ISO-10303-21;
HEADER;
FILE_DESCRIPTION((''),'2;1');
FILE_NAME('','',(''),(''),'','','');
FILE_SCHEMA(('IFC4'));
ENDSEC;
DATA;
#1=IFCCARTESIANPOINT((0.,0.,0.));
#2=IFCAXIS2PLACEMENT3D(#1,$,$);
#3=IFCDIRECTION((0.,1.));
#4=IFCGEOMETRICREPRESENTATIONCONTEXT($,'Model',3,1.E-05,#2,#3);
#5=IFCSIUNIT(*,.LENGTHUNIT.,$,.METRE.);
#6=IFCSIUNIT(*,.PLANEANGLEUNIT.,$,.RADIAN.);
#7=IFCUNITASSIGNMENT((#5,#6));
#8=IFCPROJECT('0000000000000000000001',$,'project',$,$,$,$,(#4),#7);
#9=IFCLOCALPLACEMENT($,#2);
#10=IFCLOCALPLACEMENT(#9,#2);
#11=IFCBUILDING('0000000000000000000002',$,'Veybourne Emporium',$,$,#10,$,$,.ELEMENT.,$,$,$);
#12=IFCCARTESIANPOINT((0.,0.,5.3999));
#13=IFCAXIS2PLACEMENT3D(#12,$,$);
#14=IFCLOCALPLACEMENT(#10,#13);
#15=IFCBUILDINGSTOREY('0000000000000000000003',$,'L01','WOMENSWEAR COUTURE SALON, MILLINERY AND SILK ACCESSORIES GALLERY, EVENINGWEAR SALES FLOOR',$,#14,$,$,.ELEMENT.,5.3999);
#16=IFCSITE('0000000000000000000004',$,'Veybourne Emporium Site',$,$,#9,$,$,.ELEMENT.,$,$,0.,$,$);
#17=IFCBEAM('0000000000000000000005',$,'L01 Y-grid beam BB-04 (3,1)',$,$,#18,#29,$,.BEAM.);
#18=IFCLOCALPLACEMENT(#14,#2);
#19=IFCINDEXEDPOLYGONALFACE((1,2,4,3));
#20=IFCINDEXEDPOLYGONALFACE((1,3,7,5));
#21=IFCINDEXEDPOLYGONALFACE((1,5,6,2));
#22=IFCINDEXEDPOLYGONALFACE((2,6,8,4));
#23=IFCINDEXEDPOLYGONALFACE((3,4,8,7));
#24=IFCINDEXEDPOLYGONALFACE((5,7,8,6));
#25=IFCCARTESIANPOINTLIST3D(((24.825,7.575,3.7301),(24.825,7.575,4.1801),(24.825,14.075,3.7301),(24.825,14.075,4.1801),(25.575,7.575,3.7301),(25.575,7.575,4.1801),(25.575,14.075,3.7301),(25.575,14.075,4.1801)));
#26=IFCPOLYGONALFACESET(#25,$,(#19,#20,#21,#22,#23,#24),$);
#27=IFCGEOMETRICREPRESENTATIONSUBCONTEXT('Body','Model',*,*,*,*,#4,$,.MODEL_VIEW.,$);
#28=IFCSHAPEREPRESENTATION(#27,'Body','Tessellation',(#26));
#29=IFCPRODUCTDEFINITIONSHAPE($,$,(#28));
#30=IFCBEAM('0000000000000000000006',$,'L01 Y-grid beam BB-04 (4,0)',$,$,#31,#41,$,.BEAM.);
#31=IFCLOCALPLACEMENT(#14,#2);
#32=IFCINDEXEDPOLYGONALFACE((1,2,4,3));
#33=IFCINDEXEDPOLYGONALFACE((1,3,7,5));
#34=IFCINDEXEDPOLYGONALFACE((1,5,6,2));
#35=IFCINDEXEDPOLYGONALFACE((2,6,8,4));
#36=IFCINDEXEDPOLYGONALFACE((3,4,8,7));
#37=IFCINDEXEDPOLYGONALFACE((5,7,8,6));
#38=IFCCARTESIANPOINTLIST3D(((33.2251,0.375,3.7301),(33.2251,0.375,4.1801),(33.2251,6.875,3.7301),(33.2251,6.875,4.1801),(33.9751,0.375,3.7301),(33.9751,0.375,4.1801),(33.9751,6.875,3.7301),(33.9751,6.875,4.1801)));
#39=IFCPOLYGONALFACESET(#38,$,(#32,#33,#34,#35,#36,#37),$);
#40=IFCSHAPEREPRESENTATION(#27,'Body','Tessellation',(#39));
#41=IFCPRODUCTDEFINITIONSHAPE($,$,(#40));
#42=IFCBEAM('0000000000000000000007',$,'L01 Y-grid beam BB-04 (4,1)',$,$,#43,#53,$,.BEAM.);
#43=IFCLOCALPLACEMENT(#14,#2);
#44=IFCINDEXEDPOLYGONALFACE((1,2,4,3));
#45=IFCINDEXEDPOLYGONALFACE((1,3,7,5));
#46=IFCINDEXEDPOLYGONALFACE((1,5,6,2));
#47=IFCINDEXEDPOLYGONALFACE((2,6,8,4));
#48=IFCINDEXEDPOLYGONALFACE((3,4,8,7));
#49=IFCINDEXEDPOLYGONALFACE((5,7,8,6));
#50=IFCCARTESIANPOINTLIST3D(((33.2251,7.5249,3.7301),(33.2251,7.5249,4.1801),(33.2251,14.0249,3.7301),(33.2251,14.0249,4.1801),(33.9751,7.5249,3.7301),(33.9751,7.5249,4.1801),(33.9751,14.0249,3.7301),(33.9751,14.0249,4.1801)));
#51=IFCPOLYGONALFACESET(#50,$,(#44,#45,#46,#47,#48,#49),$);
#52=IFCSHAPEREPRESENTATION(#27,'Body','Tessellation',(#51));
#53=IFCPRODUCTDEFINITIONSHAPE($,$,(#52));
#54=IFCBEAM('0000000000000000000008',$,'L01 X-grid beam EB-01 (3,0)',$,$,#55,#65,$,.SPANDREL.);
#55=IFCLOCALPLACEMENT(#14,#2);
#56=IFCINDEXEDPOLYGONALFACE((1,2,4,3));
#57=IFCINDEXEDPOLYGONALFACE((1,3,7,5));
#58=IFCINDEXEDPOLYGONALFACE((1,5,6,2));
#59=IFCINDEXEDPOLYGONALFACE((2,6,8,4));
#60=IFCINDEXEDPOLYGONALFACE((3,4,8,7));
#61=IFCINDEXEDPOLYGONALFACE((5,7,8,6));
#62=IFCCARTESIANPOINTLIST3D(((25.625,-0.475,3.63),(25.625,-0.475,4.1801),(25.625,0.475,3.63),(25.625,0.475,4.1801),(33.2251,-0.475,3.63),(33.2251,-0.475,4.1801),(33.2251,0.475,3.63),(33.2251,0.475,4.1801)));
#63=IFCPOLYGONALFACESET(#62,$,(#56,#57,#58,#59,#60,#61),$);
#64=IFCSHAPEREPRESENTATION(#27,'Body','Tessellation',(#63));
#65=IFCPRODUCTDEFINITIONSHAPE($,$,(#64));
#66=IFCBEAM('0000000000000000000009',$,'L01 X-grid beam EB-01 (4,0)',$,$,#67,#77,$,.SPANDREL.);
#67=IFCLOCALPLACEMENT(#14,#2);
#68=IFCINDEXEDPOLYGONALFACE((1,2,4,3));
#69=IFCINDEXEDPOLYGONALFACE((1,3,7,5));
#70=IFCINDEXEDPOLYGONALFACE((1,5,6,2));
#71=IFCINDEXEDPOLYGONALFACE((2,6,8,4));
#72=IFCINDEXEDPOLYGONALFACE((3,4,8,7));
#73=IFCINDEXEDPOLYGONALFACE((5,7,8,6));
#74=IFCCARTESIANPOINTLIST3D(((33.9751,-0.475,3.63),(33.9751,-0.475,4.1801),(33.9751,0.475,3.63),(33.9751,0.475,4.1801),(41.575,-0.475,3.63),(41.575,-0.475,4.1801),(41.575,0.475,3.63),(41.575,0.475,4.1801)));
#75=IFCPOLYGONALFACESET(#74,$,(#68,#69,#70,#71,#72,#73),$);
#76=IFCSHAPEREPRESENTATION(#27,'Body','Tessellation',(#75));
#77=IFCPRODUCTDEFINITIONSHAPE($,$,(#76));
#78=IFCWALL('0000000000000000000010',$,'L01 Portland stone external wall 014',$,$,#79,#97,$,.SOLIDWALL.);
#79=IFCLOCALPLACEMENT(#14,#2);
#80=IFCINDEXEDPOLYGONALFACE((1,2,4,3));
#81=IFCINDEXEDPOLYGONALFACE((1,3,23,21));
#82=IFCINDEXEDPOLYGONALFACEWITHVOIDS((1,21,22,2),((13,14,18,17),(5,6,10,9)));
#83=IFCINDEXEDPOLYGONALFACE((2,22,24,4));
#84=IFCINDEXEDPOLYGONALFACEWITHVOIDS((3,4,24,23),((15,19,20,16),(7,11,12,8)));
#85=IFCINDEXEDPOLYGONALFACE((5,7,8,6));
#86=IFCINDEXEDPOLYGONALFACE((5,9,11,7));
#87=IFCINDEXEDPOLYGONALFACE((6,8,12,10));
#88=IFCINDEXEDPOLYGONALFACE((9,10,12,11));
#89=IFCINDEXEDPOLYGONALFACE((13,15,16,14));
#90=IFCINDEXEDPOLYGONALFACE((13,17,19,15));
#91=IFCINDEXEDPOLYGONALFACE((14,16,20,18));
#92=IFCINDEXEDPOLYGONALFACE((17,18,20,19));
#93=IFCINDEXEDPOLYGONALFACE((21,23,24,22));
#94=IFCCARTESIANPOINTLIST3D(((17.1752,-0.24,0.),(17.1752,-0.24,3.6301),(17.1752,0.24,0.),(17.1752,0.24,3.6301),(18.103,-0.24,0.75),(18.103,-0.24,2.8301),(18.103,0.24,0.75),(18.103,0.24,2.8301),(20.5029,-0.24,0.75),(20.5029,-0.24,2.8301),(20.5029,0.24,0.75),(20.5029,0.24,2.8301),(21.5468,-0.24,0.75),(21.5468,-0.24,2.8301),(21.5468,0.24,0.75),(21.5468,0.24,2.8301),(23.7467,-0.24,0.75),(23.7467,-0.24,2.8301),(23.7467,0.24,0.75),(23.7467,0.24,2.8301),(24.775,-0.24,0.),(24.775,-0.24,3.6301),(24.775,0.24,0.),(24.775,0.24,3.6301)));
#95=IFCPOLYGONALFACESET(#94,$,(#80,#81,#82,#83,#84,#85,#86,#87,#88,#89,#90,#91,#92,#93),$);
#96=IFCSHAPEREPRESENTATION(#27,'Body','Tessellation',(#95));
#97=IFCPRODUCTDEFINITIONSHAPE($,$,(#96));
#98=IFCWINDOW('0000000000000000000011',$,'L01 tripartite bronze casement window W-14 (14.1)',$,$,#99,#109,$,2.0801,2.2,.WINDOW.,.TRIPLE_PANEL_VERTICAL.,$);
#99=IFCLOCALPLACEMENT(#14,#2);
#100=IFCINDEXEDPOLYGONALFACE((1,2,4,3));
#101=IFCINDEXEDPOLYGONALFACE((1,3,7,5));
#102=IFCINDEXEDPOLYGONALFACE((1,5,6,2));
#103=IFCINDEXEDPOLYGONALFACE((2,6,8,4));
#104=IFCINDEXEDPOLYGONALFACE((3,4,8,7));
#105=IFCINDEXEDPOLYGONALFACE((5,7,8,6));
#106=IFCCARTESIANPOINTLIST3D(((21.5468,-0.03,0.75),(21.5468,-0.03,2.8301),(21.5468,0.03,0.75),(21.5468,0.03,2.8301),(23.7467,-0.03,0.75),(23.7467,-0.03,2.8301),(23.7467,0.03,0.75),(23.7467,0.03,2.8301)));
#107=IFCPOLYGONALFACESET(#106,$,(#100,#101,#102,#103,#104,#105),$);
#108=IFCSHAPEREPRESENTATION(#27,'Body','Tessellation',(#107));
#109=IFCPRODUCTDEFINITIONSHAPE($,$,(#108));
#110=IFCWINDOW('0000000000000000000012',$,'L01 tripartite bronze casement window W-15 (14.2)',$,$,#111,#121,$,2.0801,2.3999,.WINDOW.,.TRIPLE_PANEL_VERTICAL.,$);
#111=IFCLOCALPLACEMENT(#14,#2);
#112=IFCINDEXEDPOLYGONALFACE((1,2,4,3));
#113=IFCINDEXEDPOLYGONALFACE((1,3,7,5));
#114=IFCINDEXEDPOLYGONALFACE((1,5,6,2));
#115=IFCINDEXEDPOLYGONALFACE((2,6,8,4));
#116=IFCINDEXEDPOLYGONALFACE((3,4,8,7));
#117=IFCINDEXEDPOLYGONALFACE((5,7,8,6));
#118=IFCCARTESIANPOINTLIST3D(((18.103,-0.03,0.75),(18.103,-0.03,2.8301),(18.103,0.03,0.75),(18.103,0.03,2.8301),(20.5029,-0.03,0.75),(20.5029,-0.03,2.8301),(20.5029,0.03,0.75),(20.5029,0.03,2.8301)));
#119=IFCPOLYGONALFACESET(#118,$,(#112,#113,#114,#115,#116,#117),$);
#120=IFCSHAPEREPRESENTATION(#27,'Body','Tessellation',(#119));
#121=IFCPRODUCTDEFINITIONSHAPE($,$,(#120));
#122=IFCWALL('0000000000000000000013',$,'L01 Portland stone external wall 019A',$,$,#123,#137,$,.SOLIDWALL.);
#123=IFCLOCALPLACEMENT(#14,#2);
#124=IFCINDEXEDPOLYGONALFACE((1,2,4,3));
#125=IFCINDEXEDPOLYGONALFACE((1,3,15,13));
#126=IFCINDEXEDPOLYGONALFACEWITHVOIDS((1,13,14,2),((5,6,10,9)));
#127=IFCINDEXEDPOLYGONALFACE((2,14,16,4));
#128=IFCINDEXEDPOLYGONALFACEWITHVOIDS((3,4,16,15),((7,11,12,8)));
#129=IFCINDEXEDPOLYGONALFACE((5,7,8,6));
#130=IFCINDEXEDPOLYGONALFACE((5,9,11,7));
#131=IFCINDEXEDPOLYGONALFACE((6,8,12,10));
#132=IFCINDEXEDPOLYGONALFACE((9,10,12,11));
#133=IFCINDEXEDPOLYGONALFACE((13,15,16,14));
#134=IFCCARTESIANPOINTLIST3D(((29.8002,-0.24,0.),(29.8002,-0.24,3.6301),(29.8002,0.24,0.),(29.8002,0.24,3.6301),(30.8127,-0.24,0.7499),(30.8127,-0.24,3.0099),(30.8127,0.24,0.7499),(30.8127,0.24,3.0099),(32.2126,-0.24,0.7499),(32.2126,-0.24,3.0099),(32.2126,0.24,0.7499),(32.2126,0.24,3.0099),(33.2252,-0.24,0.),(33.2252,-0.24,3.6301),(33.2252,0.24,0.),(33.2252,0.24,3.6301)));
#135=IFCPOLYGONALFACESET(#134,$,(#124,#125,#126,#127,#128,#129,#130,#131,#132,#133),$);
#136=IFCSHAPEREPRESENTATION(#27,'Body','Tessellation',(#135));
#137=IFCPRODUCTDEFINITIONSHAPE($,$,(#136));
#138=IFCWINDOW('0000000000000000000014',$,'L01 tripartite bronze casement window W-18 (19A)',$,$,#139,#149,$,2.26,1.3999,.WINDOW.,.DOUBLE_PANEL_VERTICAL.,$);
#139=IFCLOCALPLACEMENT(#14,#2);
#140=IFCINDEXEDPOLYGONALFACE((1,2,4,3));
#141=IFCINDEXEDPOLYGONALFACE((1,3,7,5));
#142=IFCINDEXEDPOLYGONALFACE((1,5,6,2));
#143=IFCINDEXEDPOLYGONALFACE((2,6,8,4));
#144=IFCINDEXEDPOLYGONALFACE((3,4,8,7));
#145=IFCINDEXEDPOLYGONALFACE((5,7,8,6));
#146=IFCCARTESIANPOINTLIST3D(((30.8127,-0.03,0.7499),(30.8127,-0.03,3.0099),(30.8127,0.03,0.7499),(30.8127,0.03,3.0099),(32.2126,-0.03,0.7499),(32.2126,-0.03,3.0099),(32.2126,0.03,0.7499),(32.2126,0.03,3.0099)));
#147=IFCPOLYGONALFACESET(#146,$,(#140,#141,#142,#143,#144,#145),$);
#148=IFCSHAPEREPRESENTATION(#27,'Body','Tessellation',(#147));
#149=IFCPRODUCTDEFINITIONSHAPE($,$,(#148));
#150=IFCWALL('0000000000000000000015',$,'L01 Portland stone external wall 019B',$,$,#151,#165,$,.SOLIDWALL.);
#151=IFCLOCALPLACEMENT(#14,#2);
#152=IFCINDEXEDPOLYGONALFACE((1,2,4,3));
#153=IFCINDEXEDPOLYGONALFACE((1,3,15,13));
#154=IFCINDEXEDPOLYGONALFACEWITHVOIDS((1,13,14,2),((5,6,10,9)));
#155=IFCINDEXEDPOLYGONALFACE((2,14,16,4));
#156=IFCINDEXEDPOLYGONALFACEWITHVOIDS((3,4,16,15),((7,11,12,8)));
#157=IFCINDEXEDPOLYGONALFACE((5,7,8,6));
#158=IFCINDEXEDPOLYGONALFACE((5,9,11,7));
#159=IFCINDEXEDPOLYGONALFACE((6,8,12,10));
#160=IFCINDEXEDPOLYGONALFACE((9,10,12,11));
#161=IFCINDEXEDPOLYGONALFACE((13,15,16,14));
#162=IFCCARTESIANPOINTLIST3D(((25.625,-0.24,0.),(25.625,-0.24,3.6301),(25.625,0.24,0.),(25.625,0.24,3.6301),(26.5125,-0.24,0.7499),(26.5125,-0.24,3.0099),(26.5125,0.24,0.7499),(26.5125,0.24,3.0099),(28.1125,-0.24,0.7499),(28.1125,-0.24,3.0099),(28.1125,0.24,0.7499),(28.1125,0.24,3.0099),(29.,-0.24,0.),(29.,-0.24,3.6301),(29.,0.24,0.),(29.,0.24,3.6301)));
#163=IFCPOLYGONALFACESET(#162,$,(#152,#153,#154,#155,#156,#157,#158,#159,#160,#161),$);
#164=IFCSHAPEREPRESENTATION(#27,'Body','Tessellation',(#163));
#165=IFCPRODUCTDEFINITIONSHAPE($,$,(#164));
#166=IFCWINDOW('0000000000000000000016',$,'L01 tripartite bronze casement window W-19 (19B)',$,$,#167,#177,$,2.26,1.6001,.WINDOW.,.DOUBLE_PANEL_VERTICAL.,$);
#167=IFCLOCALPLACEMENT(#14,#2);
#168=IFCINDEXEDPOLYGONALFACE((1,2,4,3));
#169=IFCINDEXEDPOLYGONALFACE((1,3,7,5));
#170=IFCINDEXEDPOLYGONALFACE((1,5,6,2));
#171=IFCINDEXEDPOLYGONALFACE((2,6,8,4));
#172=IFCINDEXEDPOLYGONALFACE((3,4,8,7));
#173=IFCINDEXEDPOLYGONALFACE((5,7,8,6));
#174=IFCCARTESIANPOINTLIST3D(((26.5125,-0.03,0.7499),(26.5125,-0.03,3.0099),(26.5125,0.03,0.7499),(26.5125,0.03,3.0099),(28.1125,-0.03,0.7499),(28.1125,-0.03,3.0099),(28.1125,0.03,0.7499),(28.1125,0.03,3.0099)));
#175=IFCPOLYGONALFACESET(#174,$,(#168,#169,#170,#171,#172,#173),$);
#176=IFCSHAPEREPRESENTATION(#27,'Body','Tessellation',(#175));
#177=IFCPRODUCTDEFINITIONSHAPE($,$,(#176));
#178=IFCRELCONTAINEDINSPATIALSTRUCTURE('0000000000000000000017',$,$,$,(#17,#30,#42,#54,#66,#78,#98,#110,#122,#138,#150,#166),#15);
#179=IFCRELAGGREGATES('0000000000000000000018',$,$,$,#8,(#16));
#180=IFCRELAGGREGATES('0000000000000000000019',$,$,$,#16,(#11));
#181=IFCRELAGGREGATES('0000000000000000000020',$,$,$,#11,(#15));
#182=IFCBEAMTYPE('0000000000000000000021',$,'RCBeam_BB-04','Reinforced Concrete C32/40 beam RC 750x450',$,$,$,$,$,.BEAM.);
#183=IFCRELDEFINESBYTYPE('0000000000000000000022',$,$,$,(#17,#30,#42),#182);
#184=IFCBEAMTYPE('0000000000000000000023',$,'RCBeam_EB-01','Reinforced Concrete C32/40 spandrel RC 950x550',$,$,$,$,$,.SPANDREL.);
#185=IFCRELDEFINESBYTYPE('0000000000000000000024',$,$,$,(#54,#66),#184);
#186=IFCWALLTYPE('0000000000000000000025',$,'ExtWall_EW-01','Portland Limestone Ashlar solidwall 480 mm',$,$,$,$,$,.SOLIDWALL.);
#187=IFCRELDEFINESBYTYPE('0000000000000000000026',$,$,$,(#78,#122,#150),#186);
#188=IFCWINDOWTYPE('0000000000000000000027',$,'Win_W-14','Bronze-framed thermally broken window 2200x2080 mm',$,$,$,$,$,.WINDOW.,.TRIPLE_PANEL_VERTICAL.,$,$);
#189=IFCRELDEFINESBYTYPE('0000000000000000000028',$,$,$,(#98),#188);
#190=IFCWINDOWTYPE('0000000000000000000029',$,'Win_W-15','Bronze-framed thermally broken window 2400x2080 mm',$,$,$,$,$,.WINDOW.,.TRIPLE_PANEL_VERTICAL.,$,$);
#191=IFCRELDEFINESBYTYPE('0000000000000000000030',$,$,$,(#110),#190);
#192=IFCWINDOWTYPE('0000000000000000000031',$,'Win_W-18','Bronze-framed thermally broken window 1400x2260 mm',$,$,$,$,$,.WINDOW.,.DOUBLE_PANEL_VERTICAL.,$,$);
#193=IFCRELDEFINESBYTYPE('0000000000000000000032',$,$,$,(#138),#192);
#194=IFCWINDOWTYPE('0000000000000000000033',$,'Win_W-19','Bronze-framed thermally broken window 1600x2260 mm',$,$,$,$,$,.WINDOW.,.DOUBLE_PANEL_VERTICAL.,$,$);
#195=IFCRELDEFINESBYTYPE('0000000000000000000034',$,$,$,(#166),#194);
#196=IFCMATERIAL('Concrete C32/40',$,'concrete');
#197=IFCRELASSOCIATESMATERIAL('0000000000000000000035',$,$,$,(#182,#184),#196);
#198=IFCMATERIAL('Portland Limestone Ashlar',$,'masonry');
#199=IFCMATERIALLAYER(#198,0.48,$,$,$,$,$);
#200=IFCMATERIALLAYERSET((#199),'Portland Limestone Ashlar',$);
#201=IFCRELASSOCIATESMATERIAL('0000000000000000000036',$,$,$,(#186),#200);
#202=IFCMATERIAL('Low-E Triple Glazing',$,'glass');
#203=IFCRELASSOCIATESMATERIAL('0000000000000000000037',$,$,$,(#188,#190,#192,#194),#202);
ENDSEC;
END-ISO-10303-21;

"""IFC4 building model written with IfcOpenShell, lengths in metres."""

from ifc_helpers import new_model, si_unit, direction, frame, frame_2d, origin, origin_2d, place, context, subcontext, project, spatial, rectangle, extrude, material, layer, layer_set, material_profile, profile_set, type_object, element, fill, save


model = new_model("IFC4")

# Units and contexts
model_context = context("Model", 3, precision=1e-05, world=origin(), true_north=direction((0.0, 1.0)))
body_context = subcontext(model_context, "Body", "Model", "MODEL_VIEW")
ifc_project = project(units=[si_unit("LENGTHUNIT", "METRE"), si_unit("PLANEANGLEUNIT", "RADIAN")], contexts=[model_context])

# Site, building, storey
site_placement = place(None, origin())
site = spatial("IfcSite", under=ifc_project, at=site_placement, Name="Veybourne Emporium Site", CompositionType="ELEMENT", RefElevation=0.0)
building_placement = place(site_placement, origin())
building = spatial("IfcBuilding", under=site, at=building_placement, Name="Veybourne Emporium", CompositionType="ELEMENT")
storey_placement = place(building_placement, frame((0.0, 0.0, 5.3999)))
storey = spatial("IfcBuildingStorey", under=building, at=storey_placement, Name="L01", Description="WOMENSWEAR COUTURE SALON, MILLINERY AND SILK ACCESSORIES GALLERY, EVENINGWEAR SALES FLOOR", CompositionType="ELEMENT", Elevation=5.3999)

# Beams
ifc_material_1 = material(Name="Concrete C32/40", Category="concrete")
ifc_material_profile_1 = material_profile(ifc_material_1, rectangle(XDim=0.75, YDim=0.45, at=origin_2d()), Name="RC 750x450")
ifc_profile_set_1 = profile_set([ifc_material_profile_1], Name="Concrete C32/40")
beam_type_1 = type_object("IfcBeamType", Name="RCBeam_BB-04", Description="Reinforced Concrete C32/40 beam RC 750x450", PredefinedType="BEAM", material=ifc_profile_set_1)
for number, where, z_axis, x_axis, name in (
    (1, (25.2, 7.575, 3.9551), (0.0, 1.0, 0.0), (-1.0, 0.0, 0.0), "L01 Y-grid beam BB-04 (3,1)"),
    (2, (33.6001, 0.375, 3.9551), (0.0, 1.0, 0.0), (-1.0, 0.0, 0.0), "L01 Y-grid beam BB-04 (4,0)"),
    (3, (33.6001, 7.5249, 3.9551), (0.0, 1.0, 0.0), (-1.0, 0.0, 0.0), "L01 Y-grid beam BB-04 (4,1)"),
):
    element("IfcBeam", number, at=place(storey_placement, frame(where, z_axis=z_axis, x_axis=x_axis)), inside=storey, type_object=beam_type_1, Name=name, PredefinedType="BEAM", context=body_context, shape_type="SweptSolid", body=[
        extrude(rectangle(XDim=0.75, YDim=0.45, at=origin_2d()), origin(), (0.0, 0.0, 1.0), 6.5),
    ])
ifc_material_profile_2 = material_profile(ifc_material_1, rectangle(XDim=0.95, YDim=0.55, at=origin_2d()), Name="RC 950x550")
ifc_profile_set_2 = profile_set([ifc_material_profile_2], Name="Concrete C32/40")
beam_type_2 = type_object("IfcBeamType", Name="RCBeam_EB-01", Description="Reinforced Concrete C32/40 spandrel RC 950x550", PredefinedType="SPANDREL", material=ifc_profile_set_2)
beam_1_placement = place(storey_placement, frame((25.625, 0.0, 3.905), z_axis=(1.0, 0.0, 0.0), x_axis=(0.0, 1.0, 0.0)))
element("IfcBeam", 4, at=beam_1_placement, inside=storey, type_object=beam_type_2, Name="L01 X-grid beam EB-01 (3,0)", PredefinedType="SPANDREL", context=body_context, shape_type="SweptSolid", body=[
    extrude(rectangle(XDim=0.95, YDim=0.55, at=origin_2d()), origin(), (0.0, 0.0, 1.0), 7.6001),
])
beam_2_placement = place(storey_placement, frame((33.9751, 0.0, 3.905), z_axis=(1.0, 0.0, 0.0), x_axis=(0.0, 1.0, 0.0)))
element("IfcBeam", 5, at=beam_2_placement, inside=storey, type_object=beam_type_2, Name="L01 X-grid beam EB-01 (4,0)", PredefinedType="SPANDREL", context=body_context, shape_type="SweptSolid", body=[
    extrude(rectangle(XDim=0.95, YDim=0.55, at=origin_2d()), origin(), (0.0, 0.0, 1.0), 7.5999),
])

# Wall, openings, windows
ifc_material_2 = material(Name="Portland Limestone Ashlar", Category="masonry")
ifc_layer_1 = layer(ifc_material_2, 0.48)
ifc_layer_set_1 = layer_set([ifc_layer_1], Name="Portland Limestone Ashlar")
wall_type = type_object("IfcWallType", Name="ExtWall_EW-01", Description="Portland Limestone Ashlar solidwall 480 mm", PredefinedType="SOLIDWALL", material=ifc_layer_set_1)
wall_1_placement = place(storey_placement, frame((24.7749, 0.0, 0.0), z_axis=(0.0, 0.0, 1.0), x_axis=(-1.0, 0.0, 0.0)))
wall_1 = element("IfcWall", 6, at=wall_1_placement, inside=storey, type_object=wall_type, Name="L01 Portland stone external wall 014", PredefinedType="SOLIDWALL", context=body_context, shape_type="SweptSolid", body=[
    extrude(rectangle(XDim=7.5999, YDim=0.48, at=frame_2d((3.7998, 0.0))), origin(), (0.0, 0.0, 1.0), 3.6301),
])
opening_1_placement = place(wall_1_placement, frame((1.0281, 0.0, 0.75)))
opening_1 = element("IfcOpeningElement", 7, at=opening_1_placement, cuts=wall_1, PredefinedType="OPENING", context=body_context, shape_type="SweptSolid", body=[
    extrude(rectangle(XDim=2.2, YDim=2.0801, at=frame_2d((1.1001, 1.04))), frame((0.0, 0.26, 0.0), z_axis=(0.0, -1.0, 0.0), x_axis=(1.0, 0.0, 0.0)), (0.0, 0.0, 1.0), 0.52),
])
opening_2_placement = place(wall_1_placement, frame((4.272, 0.0, 0.75)))
opening_2 = element("IfcOpeningElement", 8, at=opening_2_placement, cuts=wall_1, PredefinedType="OPENING", context=body_context, shape_type="SweptSolid", body=[
    extrude(rectangle(XDim=2.3999, YDim=2.0801, at=frame_2d((1.2, 1.04))), frame((0.0, 0.26, 0.0), z_axis=(0.0, -1.0, 0.0), x_axis=(1.0, 0.0, 0.0)), (0.0, 0.0, 1.0), 0.52),
])
ifc_material_3 = material(Name="Low-E Triple Glazing", Category="glass")
window_type_1 = type_object("IfcWindowType", Name="Win_W-14", Description="Bronze-framed thermally broken window 2200x2080 mm", PartitioningType="TRIPLE_PANEL_VERTICAL", PredefinedType="WINDOW", material=ifc_material_3)
window_1_placement = place(opening_1_placement, origin())
window_1 = element("IfcWindow", 9, at=window_1_placement, inside=storey, type_object=window_type_1, Name="L01 tripartite bronze casement window W-14 (14.1)", OverallHeight=2.0801, OverallWidth=2.2, PartitioningType="TRIPLE_PANEL_VERTICAL", PredefinedType="WINDOW", context=body_context, shape_type="SweptSolid", body=[
    extrude(rectangle(XDim=2.2, YDim=2.0801, at=frame_2d((1.1001, 1.04))), frame((0.0, 0.03, 0.0), z_axis=(0.0, -1.0, 0.0), x_axis=(1.0, 0.0, 0.0)), (0.0, 0.0, 1.0), 0.0601),
])
fill(opening_1, window_1)
window_type_2 = type_object("IfcWindowType", Name="Win_W-15", Description="Bronze-framed thermally broken window 2400x2080 mm", PartitioningType="TRIPLE_PANEL_VERTICAL", PredefinedType="WINDOW", material=ifc_material_3)
window_2_placement = place(opening_2_placement, origin())
window_2 = element("IfcWindow", 10, at=window_2_placement, inside=storey, type_object=window_type_2, Name="L01 tripartite bronze casement window W-15 (14.2)", OverallHeight=2.0801, OverallWidth=2.3999, PartitioningType="TRIPLE_PANEL_VERTICAL", PredefinedType="WINDOW", context=body_context, shape_type="SweptSolid", body=[
    extrude(rectangle(XDim=2.3999, YDim=2.0801, at=frame_2d((1.2, 1.04))), frame((0.0, 0.03, 0.0), z_axis=(0.0, -1.0, 0.0), x_axis=(1.0, 0.0, 0.0)), (0.0, 0.0, 1.0), 0.0601),
])
fill(opening_2, window_2)

# Walls, openings, windows
wall_2_placement = place(storey_placement, frame((33.2251, 0.0, 0.0), z_axis=(0.0, 0.0, 1.0), x_axis=(-1.0, 0.0, 0.0)))
wall_2 = element("IfcWall", 11, at=wall_2_placement, inside=storey, type_object=wall_type, Name="L01 Portland stone external wall 019A", PredefinedType="SOLIDWALL", context=body_context, shape_type="SweptSolid", body=[
    extrude(rectangle(XDim=3.425, YDim=0.48, at=frame_2d((1.7124, 0.0))), origin(), (0.0, 0.0, 1.0), 3.6301),
])
opening_3_placement = place(wall_2_placement, frame((1.0125, 0.0, 0.75)))
opening_3 = element("IfcOpeningElement", 12, at=opening_3_placement, cuts=wall_2, PredefinedType="OPENING", context=body_context, shape_type="SweptSolid", body=[
    extrude(rectangle(XDim=1.3999, YDim=2.26, at=frame_2d((0.7, 1.1299))), frame((0.0, 0.26, 0.0), z_axis=(0.0, -1.0, 0.0), x_axis=(1.0, 0.0, 0.0)), (0.0, 0.0, 1.0), 0.52),
])
window_type_3 = type_object("IfcWindowType", Name="Win_W-18", Description="Bronze-framed thermally broken window 1400x2260 mm", PartitioningType="DOUBLE_PANEL_VERTICAL", PredefinedType="WINDOW", material=ifc_material_3)
window_3_placement = place(opening_3_placement, origin())
window_3 = element("IfcWindow", 13, at=window_3_placement, inside=storey, type_object=window_type_3, Name="L01 tripartite bronze casement window W-18 (19A)", OverallHeight=2.26, OverallWidth=1.3999, PartitioningType="DOUBLE_PANEL_VERTICAL", PredefinedType="WINDOW", context=body_context, shape_type="SweptSolid", body=[
    extrude(rectangle(XDim=1.3999, YDim=2.26, at=frame_2d((0.7, 1.1299))), frame((0.0, 0.03, 0.0), z_axis=(0.0, -1.0, 0.0), x_axis=(1.0, 0.0, 0.0)), (0.0, 0.0, 1.0), 0.0601),
])
fill(opening_3, window_3)
wall_3_placement = place(storey_placement, frame((29.0, 0.0, 0.0), z_axis=(0.0, 0.0, 1.0), x_axis=(-1.0, 0.0, 0.0)))
wall_3 = element("IfcWall", 14, at=wall_3_placement, inside=storey, type_object=wall_type, Name="L01 Portland stone external wall 019B", PredefinedType="SOLIDWALL", context=body_context, shape_type="SweptSolid", body=[
    extrude(rectangle(XDim=3.375, YDim=0.48, at=frame_2d((1.6875, 0.0))), origin(), (0.0, 0.0, 1.0), 3.6301),
])
opening_4_placement = place(wall_3_placement, frame((0.8875, 0.0, 0.75)))
opening_4 = element("IfcOpeningElement", 15, at=opening_4_placement, cuts=wall_3, PredefinedType="OPENING", context=body_context, shape_type="SweptSolid", body=[
    extrude(rectangle(XDim=1.6001, YDim=2.26, at=frame_2d((0.8, 1.1299))), frame((0.0, 0.26, 0.0), z_axis=(0.0, -1.0, 0.0), x_axis=(1.0, 0.0, 0.0)), (0.0, 0.0, 1.0), 0.52),
])
window_type_4 = type_object("IfcWindowType", Name="Win_W-19", Description="Bronze-framed thermally broken window 1600x2260 mm", PartitioningType="DOUBLE_PANEL_VERTICAL", PredefinedType="WINDOW", material=ifc_material_3)
window_4_placement = place(opening_4_placement, origin())
window_4 = element("IfcWindow", 16, at=window_4_placement, inside=storey, type_object=window_type_4, Name="L01 tripartite bronze casement window W-19 (19B)", OverallHeight=2.26, OverallWidth=1.6001, PartitioningType="DOUBLE_PANEL_VERTICAL", PredefinedType="WINDOW", context=body_context, shape_type="SweptSolid", body=[
    extrude(rectangle(XDim=1.6001, YDim=2.26, at=frame_2d((0.8, 1.1299))), frame((0.0, 0.03, 0.0), z_axis=(0.0, -1.0, 0.0), x_axis=(1.0, 0.0, 0.0)), (0.0, 0.0, 1.0), 0.0601),
])
fill(opening_4, window_4)

save(model, "model.ifc")
